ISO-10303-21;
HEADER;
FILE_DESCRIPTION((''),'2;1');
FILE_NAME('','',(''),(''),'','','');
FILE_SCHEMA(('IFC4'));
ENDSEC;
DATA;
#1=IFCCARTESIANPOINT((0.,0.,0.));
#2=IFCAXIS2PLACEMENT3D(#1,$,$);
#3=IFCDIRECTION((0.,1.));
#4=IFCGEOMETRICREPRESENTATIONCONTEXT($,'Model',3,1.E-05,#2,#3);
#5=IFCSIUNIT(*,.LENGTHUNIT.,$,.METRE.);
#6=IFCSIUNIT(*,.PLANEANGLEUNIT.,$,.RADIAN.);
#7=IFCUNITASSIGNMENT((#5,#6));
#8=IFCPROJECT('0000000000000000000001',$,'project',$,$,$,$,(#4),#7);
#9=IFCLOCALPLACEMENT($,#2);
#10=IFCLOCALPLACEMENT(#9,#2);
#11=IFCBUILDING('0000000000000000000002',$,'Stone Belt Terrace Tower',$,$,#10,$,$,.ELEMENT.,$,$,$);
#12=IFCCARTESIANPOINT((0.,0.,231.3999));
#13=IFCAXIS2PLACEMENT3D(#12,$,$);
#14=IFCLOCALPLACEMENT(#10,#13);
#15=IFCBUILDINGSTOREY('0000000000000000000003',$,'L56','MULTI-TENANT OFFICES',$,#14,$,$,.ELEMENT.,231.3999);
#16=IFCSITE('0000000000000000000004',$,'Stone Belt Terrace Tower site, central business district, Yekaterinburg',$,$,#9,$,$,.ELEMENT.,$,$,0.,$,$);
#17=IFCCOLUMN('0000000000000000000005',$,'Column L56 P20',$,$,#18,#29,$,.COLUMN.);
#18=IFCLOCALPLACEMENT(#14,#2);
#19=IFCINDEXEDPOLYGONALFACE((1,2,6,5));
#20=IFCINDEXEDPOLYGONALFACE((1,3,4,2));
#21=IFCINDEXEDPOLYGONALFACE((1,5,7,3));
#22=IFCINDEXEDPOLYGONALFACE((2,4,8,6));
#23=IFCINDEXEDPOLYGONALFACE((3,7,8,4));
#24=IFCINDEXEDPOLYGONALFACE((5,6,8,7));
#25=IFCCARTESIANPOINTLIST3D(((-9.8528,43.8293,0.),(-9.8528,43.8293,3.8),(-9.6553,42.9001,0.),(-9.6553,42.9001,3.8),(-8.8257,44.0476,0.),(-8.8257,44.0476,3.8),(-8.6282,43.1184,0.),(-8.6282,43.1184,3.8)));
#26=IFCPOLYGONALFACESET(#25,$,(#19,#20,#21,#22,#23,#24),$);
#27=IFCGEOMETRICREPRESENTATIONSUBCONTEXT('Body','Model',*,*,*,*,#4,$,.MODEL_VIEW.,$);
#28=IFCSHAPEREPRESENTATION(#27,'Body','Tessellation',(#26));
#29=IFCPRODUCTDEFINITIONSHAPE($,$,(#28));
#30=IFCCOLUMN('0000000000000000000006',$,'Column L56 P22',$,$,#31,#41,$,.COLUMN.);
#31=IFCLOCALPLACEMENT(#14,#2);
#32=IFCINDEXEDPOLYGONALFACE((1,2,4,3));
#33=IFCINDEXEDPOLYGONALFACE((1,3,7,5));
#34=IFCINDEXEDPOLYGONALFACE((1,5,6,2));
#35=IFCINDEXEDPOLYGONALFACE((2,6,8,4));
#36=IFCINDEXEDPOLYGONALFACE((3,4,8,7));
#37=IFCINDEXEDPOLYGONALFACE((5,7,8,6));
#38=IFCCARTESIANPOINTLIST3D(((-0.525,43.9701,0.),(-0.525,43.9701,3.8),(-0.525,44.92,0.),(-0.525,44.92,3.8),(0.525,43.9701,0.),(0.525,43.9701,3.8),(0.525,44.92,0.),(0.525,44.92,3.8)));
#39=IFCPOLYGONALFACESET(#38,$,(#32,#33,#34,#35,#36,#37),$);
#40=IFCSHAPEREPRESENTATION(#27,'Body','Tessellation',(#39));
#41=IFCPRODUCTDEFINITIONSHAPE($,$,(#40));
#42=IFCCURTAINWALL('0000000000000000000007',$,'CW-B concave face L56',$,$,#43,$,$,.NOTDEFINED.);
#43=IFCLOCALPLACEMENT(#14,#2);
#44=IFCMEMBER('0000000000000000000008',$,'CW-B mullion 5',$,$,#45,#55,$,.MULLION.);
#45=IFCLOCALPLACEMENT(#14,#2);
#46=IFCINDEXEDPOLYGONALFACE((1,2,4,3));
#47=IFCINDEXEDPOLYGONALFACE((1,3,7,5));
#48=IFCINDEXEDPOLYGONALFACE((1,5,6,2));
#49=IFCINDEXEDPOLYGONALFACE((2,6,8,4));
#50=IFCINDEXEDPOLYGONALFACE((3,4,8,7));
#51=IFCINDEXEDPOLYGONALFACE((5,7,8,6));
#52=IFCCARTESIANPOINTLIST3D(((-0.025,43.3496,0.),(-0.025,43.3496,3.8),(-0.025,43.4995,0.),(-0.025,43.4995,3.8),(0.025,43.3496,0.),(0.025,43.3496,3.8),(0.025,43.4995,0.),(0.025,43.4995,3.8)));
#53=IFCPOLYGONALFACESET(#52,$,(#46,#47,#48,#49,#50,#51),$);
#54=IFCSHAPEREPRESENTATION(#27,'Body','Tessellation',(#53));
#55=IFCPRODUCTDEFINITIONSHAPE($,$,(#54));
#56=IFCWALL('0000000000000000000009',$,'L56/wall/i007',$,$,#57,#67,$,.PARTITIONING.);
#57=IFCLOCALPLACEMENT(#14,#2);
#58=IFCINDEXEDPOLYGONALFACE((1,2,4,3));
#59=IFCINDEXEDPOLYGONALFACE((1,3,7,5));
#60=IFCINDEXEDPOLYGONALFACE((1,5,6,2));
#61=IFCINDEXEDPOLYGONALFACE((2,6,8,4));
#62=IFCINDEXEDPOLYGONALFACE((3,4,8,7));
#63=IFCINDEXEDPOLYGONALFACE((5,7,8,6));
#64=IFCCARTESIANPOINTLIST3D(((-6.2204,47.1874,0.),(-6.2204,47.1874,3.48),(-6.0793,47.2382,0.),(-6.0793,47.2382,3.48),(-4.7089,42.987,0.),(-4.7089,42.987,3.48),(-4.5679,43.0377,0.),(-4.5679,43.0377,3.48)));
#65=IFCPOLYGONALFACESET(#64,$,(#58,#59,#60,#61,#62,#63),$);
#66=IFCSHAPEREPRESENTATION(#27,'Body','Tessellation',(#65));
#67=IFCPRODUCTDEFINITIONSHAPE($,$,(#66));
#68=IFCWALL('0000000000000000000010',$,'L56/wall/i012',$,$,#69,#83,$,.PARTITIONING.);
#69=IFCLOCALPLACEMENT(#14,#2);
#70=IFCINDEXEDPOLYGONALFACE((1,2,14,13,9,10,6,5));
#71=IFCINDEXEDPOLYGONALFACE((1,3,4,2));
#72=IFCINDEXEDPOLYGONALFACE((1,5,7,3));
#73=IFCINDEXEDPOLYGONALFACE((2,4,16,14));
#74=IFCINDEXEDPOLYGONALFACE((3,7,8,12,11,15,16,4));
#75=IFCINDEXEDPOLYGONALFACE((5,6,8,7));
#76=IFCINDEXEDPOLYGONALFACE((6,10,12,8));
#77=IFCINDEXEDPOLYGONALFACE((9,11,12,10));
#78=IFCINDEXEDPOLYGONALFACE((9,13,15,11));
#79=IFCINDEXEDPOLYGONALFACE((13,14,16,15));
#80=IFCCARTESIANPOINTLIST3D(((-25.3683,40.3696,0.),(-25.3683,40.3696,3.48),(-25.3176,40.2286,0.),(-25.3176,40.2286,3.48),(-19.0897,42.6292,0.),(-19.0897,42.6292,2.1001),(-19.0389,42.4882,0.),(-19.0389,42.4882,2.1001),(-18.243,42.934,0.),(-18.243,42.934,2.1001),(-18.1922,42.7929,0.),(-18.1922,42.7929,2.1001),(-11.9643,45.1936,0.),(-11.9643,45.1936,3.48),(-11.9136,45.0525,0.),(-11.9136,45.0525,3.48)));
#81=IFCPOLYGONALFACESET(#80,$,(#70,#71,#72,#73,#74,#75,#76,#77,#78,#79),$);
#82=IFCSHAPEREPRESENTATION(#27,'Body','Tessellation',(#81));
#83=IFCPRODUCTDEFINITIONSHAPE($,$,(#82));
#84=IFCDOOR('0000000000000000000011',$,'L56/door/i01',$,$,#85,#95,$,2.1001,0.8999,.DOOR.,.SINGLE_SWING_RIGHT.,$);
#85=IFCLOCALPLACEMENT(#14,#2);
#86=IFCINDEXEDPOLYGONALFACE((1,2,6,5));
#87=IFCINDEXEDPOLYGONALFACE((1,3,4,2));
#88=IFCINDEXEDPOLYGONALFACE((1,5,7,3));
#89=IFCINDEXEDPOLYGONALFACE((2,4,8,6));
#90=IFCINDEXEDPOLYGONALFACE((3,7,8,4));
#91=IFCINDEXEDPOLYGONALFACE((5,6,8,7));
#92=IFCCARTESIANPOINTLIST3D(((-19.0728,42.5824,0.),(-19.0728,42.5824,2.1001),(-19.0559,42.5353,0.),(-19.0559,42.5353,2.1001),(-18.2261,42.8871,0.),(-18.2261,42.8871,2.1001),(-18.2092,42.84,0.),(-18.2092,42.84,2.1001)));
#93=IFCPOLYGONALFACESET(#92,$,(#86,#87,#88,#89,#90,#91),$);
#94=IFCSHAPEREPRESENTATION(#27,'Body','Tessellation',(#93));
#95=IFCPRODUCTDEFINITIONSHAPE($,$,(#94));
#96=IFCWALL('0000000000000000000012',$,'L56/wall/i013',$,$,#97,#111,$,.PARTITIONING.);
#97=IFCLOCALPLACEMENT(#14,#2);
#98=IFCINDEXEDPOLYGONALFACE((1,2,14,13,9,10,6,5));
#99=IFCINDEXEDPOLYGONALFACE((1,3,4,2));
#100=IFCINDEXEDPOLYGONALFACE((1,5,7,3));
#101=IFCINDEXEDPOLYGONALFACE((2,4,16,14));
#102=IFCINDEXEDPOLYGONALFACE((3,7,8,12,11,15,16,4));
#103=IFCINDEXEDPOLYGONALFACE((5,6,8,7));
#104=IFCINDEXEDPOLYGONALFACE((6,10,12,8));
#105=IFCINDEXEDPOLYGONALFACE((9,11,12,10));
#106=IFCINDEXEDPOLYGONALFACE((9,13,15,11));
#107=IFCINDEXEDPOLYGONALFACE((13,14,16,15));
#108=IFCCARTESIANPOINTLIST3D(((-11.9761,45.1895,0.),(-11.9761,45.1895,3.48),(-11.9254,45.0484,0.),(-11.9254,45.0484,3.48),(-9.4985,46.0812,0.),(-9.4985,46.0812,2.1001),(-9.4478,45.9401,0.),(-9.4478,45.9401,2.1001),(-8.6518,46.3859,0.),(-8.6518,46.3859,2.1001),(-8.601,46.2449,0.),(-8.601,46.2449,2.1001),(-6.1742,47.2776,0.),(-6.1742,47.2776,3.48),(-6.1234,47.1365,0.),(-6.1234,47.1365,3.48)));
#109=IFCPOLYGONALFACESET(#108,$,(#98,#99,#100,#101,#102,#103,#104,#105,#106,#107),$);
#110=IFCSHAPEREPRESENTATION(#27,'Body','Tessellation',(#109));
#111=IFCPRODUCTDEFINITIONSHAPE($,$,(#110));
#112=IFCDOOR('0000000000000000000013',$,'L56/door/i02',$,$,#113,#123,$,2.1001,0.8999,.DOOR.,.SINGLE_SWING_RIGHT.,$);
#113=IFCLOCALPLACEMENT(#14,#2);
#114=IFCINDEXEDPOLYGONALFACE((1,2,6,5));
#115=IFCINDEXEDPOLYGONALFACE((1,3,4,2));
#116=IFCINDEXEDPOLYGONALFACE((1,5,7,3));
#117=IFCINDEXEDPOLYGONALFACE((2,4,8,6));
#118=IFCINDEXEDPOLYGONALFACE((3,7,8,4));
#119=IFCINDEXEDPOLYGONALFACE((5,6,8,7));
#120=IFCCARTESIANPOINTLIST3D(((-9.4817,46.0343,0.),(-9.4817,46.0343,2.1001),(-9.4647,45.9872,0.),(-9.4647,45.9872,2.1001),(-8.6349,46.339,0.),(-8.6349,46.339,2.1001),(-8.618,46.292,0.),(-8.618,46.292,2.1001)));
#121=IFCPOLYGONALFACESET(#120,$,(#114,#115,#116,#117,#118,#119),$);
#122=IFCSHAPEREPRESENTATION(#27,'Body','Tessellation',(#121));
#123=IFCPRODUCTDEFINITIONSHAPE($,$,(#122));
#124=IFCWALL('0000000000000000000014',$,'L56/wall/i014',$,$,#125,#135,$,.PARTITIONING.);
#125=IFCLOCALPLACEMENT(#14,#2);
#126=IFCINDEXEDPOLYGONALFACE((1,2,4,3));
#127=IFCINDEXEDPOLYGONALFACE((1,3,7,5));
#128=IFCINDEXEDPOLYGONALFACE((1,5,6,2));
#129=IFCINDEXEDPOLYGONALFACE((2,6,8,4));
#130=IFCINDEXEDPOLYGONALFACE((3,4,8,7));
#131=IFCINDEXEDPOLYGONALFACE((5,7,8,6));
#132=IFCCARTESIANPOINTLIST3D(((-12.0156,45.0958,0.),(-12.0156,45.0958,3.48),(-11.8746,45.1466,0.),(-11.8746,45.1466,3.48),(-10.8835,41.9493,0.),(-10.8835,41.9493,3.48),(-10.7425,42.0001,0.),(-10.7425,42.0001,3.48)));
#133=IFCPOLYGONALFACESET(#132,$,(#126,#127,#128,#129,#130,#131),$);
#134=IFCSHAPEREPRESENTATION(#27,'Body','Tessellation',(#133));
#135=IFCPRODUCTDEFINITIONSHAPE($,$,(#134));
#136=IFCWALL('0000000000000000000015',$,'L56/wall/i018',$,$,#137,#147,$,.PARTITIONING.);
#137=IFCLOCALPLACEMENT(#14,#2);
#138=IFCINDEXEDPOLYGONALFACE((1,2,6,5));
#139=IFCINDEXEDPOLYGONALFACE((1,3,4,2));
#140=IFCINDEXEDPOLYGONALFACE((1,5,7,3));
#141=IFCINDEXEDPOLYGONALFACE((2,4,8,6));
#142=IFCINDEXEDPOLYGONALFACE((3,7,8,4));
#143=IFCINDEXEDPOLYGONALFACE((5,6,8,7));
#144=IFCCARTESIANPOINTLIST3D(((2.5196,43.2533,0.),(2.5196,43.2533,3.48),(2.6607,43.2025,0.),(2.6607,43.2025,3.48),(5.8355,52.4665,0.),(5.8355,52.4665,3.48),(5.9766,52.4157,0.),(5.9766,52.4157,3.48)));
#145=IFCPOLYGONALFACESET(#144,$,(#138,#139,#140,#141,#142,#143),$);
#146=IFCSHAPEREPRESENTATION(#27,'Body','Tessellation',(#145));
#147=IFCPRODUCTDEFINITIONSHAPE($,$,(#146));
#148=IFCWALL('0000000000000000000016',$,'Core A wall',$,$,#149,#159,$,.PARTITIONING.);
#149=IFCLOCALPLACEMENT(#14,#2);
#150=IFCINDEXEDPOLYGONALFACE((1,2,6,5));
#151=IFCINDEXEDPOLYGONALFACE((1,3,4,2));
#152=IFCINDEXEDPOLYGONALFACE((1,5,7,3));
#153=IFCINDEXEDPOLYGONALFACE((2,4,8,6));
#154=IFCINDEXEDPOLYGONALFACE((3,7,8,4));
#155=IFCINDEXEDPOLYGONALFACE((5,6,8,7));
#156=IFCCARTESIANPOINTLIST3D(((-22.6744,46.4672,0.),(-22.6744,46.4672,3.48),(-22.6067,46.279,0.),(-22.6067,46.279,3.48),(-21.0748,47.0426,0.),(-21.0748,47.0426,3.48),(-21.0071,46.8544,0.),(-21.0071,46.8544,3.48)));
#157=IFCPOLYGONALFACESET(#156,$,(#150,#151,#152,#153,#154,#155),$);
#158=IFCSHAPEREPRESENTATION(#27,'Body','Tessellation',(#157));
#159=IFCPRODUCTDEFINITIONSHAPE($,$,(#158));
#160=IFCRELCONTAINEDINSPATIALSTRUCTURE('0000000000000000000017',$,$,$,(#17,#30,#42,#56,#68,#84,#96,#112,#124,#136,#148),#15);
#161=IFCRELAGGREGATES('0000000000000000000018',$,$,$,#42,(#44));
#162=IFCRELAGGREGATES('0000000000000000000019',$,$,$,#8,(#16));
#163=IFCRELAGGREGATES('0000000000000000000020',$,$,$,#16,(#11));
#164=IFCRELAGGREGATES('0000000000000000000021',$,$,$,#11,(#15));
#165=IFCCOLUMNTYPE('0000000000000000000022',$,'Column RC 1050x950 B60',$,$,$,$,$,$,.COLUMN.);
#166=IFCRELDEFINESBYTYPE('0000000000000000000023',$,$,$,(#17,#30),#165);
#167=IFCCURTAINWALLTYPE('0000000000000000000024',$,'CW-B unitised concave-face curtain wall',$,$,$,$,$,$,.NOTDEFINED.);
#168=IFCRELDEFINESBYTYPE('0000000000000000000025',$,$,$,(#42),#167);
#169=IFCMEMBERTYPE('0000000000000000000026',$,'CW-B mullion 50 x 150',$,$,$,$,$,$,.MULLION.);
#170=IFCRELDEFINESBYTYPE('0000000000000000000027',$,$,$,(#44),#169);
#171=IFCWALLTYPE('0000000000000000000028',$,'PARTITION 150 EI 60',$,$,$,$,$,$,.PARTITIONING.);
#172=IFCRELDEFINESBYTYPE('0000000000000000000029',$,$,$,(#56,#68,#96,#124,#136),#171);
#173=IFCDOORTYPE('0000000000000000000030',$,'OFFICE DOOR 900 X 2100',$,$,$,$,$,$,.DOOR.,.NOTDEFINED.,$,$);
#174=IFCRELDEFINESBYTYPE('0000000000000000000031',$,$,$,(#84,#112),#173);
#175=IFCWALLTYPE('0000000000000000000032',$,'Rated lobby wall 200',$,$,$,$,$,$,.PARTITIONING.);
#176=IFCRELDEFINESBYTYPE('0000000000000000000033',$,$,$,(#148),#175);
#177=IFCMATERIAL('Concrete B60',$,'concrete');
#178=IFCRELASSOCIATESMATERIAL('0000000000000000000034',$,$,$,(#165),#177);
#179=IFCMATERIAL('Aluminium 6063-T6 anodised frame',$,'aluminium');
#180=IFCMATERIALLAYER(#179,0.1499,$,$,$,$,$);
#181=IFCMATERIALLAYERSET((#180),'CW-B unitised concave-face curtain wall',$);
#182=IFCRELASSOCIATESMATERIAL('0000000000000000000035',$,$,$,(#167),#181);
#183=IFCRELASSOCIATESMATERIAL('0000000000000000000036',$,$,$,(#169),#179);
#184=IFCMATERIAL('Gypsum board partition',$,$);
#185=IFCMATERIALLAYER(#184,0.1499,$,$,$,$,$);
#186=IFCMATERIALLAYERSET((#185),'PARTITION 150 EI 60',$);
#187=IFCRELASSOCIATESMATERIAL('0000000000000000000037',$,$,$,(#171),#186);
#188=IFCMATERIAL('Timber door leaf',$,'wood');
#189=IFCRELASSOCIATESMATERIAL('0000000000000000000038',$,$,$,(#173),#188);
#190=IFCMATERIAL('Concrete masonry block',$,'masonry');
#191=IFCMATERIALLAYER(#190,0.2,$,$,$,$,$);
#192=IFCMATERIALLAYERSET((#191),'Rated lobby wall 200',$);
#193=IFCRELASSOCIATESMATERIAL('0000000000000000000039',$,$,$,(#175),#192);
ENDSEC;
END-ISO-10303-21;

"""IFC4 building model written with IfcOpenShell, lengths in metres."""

from ifc_helpers import new_model, si_unit, direction, frame, frame_2d, origin, origin_2d, place, context, subcontext, project, spatial, rectangle, extrude, material, layer, layer_set, material_profile, profile_set, type_object, element, fill, aggregate, save


model = new_model("IFC4")

# Units and contexts
model_context = context("Model", 3, precision=1e-05, world=origin(), true_north=direction((0.0, 1.0)))
body_context = subcontext(model_context, "Body", "Model", "MODEL_VIEW")
ifc_project = project(units=[si_unit("LENGTHUNIT", "METRE"), si_unit("PLANEANGLEUNIT", "RADIAN")], contexts=[model_context])

# Site, building, storey
site_placement = place(None, origin())
site = spatial("IfcSite", under=ifc_project, at=site_placement, Name="Stone Belt Terrace Tower site, central business district, Yekaterinburg", CompositionType="ELEMENT", RefElevation=0.0)
building_placement = place(site_placement, origin())
building = spatial("IfcBuilding", under=site, at=building_placement, Name="Stone Belt Terrace Tower", CompositionType="ELEMENT")
storey_placement = place(building_placement, frame((0.0, 0.0, 231.3999)))
storey = spatial("IfcBuildingStorey", under=building, at=storey_placement, Name="L56", Description="MULTI-TENANT OFFICES", CompositionType="ELEMENT", Elevation=231.3999)

# Columns
ifc_material_1 = material(Name="Concrete B60", Category="concrete")
ifc_material_profile_1 = material_profile(ifc_material_1, rectangle(XDim=1.05, YDim=0.95, at=origin_2d()), Name="RC 1050x950")
ifc_profile_set_1 = profile_set([ifc_material_profile_1], Name="Concrete B60")
column_type = type_object("IfcColumnType", Name="Column RC 1050x950 B60", PredefinedType="COLUMN", material=ifc_profile_set_1)
for number, where, z_axis, x_axis, name in (
    (1, (-9.2405, 43.4739, 0.0), (0.0, 0.0, 1.0), (0.978148, 0.207912, 0.0), "Column L56 P20"),
    (2, (0.0, 44.4451, 0.0), (0.0, 0.0, 1.0), (1.0, 0.0, 0.0), "Column L56 P22"),
):
    element("IfcColumn", number, at=place(storey_placement, frame(where, z_axis=z_axis, x_axis=x_axis)), inside=storey, type_object=column_type, Name=name, PredefinedType="COLUMN", context=body_context, shape_type="SweptSolid", body=[
        extrude(rectangle(XDim=1.05, YDim=0.95, at=origin_2d()), origin(), (0.0, 0.0, 1.0), 3.8),
    ])

# Curtain wall, member
ifc_material_2 = material(Name="Aluminium 6063-T6 anodised frame", Category="aluminium")
ifc_layer_1 = layer(ifc_material_2, 0.1499)
ifc_layer_set_1 = layer_set([ifc_layer_1], Name="CW-B unitised concave-face curtain wall")
curtain_wall_type = type_object("IfcCurtainWallType", Name="CW-B unitised concave-face curtain wall", PredefinedType="NOTDEFINED", material=ifc_layer_set_1)
curtain_wall_placement = place(storey_placement, origin())
curtain_wall = element("IfcCurtainWall", 3, at=curtain_wall_placement, inside=storey, type_object=curtain_wall_type, Name="CW-B concave face L56", PredefinedType="NOTDEFINED")
ifc_material_profile_2 = material_profile(ifc_material_2, rectangle(XDim=0.1499, YDim=0.05, at=origin_2d()), Name="Aluminium 6063-T6 50x150")
ifc_profile_set_2 = profile_set([ifc_material_profile_2], Name="Aluminium 6063-T6 anodised frame")
member_type = type_object("IfcMemberType", Name="CW-B mullion 50 x 150", PredefinedType="MULLION", material=ifc_profile_set_2)
member_placement = place(storey_placement, frame((0.0, 43.4246, 0.0), z_axis=(0.0, 0.0, 1.0), x_axis=(0.0, 1.0, 0.0)))
member = element("IfcMember", 4, at=member_placement, type_object=member_type, Name="CW-B mullion 5", PredefinedType="MULLION", context=body_context, shape_type="SweptSolid", body=[
    extrude(rectangle(XDim=0.1499, YDim=0.05, at=origin_2d()), origin(), (0.0, 0.0, 1.0), 3.8),
])
aggregate(curtain_wall, [member])

# Wall
ifc_material_3 = material(Name="Gypsum board partition")
ifc_layer_2 = layer(ifc_material_3, 0.1499)
ifc_layer_set_2 = layer_set([ifc_layer_2], Name="PARTITION 150 EI 60")
wall_type_1 = type_object("IfcWallType", Name="PARTITION 150 EI 60", PredefinedType="PARTITIONING", material=ifc_layer_set_2)
wall_1_placement = place(storey_placement, frame((-4.6384, 43.0125, 0.0), z_axis=(0.0, 0.0, 1.0), x_axis=(-0.338584, 0.940936, 0.0)))
element("IfcWall", 5, at=wall_1_placement, inside=storey, type_object=wall_type_1, Name="L56/wall/i007", PredefinedType="PARTITIONING", context=body_context, shape_type="SweptSolid", body=[
    extrude(rectangle(XDim=4.4641, YDim=0.1499, at=frame_2d((2.2319, 0.0))), origin(), (0.0, 0.0, 1.0), 3.48),
])

# Walls, openings, doors
wall_2_placement = place(storey_placement, frame((-11.939, 45.123, 0.0), z_axis=(0.0, 0.0, 1.0), x_axis=(-0.940921, -0.338627, 0.0)))
wall_2 = element("IfcWall", 6, at=wall_2_placement, inside=storey, type_object=wall_type_1, Name="L56/wall/i012", PredefinedType="PARTITIONING", context=body_context, shape_type="SweptSolid", body=[
    extrude(rectangle(XDim=14.2456, YDim=0.1499, at=frame_2d((7.1228, 0.0))), origin(), (0.0, 0.0, 1.0), 3.48),
])
opening_1_placement = place(wall_2_placement, frame((6.6729, 0.0, 0.0)))
opening_1 = element("IfcOpeningElement", 7, at=opening_1_placement, cuts=wall_2, PredefinedType="OPENING", context=body_context, shape_type="SweptSolid", body=[
    extrude(rectangle(XDim=0.8999, YDim=2.1001, at=frame_2d((0.45, 1.05))), frame((0.0, 0.085, 0.0), z_axis=(0.0, -1.0, 0.0), x_axis=(1.0, 0.0, 0.0)), (0.0, 0.0, 1.0), 0.1699),
])
ifc_material_4 = material(Name="Timber door leaf", Category="wood")
door_type_1 = type_object("IfcDoorType", Name="OFFICE DOOR 900 X 2100", OperationType="NOTDEFINED", PredefinedType="DOOR", material=ifc_material_4)
door_1_placement = place(opening_1_placement, origin())
door_1 = element("IfcDoor", 8, at=door_1_placement, inside=storey, type_object=door_type_1, Name="L56/door/i01", OperationType="SINGLE_SWING_RIGHT", OverallHeight=2.1001, OverallWidth=0.8999, PredefinedType="DOOR", context=body_context, shape_type="SweptSolid", body=[
    extrude(rectangle(XDim=0.8999, YDim=2.1001, at=frame_2d((0.45, 1.05))), frame((0.0, 0.0249, 0.0), z_axis=(0.0, -1.0, 0.0), x_axis=(1.0, 0.0, 0.0)), (0.0, 0.0, 1.0), 0.05),
])
fill(opening_1, door_1)
wall_3_placement = place(storey_placement, frame((-6.1489, 47.207, 0.0), z_axis=(0.0, 0.0, 1.0), x_axis=(-0.940918, -0.338635, 0.0)))
wall_3 = element("IfcWall", 9, at=wall_3_placement, inside=storey, type_object=wall_type_1, Name="L56/wall/i013", PredefinedType="PARTITIONING", context=body_context, shape_type="SweptSolid", body=[
    extrude(rectangle(XDim=6.1663, YDim=0.1499, at=frame_2d((3.083, 0.0))), origin(), (0.0, 0.0, 1.0), 3.48),
])
opening_2_placement = place(wall_3_placement, frame((2.6331, 0.0, 0.0)))
opening_2 = element("IfcOpeningElement", 10, at=opening_2_placement, cuts=wall_3, PredefinedType="OPENING", context=body_context, shape_type="SweptSolid", body=[
    extrude(rectangle(XDim=0.8999, YDim=2.1001, at=frame_2d((0.45, 1.05))), frame((0.0, 0.085, 0.0), z_axis=(0.0, -1.0, 0.0), x_axis=(1.0, 0.0, 0.0)), (0.0, 0.0, 1.0), 0.1699),
])
door_2_placement = place(opening_2_placement, origin())
door_2 = element("IfcDoor", 11, at=door_2_placement, inside=storey, type_object=door_type_1, Name="L56/door/i02", OperationType="SINGLE_SWING_RIGHT", OverallHeight=2.1001, OverallWidth=0.8999, PredefinedType="DOOR", context=body_context, shape_type="SweptSolid", body=[
    extrude(rectangle(XDim=0.8999, YDim=2.1001, at=frame_2d((0.45, 1.05))), frame((0.0, 0.0249, 0.0), z_axis=(0.0, -1.0, 0.0), x_axis=(1.0, 0.0, 0.0)), (0.0, 0.0, 1.0), 0.05),
])
fill(opening_2, door_2)

# Walls
wall_4_placement = place(storey_placement, frame((-11.9451, 45.1211, 0.0), z_axis=(0.0, 0.0, 1.0), x_axis=(0.338546, -0.94095, 0.0)))
element("IfcWall", 12, at=wall_4_placement, inside=storey, type_object=wall_type_1, Name="L56/wall/i014", PredefinedType="PARTITIONING", context=body_context, shape_type="SweptSolid", body=[
    extrude(rectangle(XDim=3.344, YDim=0.1499, at=frame_2d((1.6719, 0.0))), origin(), (0.0, 0.0, 1.0), 3.48),
])
wall_5_placement = place(storey_placement, frame((2.5901, 43.2278, 0.0), z_axis=(0.0, 0.0, 1.0), x_axis=(0.338646, 0.940914, 0.0)))
element("IfcWall", 13, at=wall_5_placement, inside=storey, type_object=wall_type_1, Name="L56/wall/i018", PredefinedType="PARTITIONING", context=body_context, shape_type="SweptSolid", body=[
    extrude(rectangle(XDim=9.7917, YDim=0.1499, at=frame_2d((4.896, 0.0))), origin(), (0.0, 0.0, 1.0), 3.48),
])
ifc_material_5 = material(Name="Concrete masonry block", Category="masonry")
ifc_layer_3 = layer(ifc_material_5, 0.2)
ifc_layer_set_3 = layer_set([ifc_layer_3], Name="Rated lobby wall 200")
wall_type_2 = type_object("IfcWallType", Name="Rated lobby wall 200", PredefinedType="PARTITIONING", material=ifc_layer_set_3)
wall_6_placement = place(storey_placement, frame((-22.6406, 46.373, 0.0), z_axis=(0.0, 0.0, 1.0), x_axis=(0.940966, 0.338501, 0.0)))
element("IfcWall", 14, at=wall_6_placement, inside=storey, type_object=wall_type_2, Name="Core A wall", PredefinedType="PARTITIONING", context=body_context, shape_type="SweptSolid", body=[
    extrude(rectangle(XDim=1.7, YDim=0.2, at=frame_2d((0.8501, 0.0))), origin(), (0.0, 0.0, 1.0), 3.48),
])

save(model, "model.ifc")
